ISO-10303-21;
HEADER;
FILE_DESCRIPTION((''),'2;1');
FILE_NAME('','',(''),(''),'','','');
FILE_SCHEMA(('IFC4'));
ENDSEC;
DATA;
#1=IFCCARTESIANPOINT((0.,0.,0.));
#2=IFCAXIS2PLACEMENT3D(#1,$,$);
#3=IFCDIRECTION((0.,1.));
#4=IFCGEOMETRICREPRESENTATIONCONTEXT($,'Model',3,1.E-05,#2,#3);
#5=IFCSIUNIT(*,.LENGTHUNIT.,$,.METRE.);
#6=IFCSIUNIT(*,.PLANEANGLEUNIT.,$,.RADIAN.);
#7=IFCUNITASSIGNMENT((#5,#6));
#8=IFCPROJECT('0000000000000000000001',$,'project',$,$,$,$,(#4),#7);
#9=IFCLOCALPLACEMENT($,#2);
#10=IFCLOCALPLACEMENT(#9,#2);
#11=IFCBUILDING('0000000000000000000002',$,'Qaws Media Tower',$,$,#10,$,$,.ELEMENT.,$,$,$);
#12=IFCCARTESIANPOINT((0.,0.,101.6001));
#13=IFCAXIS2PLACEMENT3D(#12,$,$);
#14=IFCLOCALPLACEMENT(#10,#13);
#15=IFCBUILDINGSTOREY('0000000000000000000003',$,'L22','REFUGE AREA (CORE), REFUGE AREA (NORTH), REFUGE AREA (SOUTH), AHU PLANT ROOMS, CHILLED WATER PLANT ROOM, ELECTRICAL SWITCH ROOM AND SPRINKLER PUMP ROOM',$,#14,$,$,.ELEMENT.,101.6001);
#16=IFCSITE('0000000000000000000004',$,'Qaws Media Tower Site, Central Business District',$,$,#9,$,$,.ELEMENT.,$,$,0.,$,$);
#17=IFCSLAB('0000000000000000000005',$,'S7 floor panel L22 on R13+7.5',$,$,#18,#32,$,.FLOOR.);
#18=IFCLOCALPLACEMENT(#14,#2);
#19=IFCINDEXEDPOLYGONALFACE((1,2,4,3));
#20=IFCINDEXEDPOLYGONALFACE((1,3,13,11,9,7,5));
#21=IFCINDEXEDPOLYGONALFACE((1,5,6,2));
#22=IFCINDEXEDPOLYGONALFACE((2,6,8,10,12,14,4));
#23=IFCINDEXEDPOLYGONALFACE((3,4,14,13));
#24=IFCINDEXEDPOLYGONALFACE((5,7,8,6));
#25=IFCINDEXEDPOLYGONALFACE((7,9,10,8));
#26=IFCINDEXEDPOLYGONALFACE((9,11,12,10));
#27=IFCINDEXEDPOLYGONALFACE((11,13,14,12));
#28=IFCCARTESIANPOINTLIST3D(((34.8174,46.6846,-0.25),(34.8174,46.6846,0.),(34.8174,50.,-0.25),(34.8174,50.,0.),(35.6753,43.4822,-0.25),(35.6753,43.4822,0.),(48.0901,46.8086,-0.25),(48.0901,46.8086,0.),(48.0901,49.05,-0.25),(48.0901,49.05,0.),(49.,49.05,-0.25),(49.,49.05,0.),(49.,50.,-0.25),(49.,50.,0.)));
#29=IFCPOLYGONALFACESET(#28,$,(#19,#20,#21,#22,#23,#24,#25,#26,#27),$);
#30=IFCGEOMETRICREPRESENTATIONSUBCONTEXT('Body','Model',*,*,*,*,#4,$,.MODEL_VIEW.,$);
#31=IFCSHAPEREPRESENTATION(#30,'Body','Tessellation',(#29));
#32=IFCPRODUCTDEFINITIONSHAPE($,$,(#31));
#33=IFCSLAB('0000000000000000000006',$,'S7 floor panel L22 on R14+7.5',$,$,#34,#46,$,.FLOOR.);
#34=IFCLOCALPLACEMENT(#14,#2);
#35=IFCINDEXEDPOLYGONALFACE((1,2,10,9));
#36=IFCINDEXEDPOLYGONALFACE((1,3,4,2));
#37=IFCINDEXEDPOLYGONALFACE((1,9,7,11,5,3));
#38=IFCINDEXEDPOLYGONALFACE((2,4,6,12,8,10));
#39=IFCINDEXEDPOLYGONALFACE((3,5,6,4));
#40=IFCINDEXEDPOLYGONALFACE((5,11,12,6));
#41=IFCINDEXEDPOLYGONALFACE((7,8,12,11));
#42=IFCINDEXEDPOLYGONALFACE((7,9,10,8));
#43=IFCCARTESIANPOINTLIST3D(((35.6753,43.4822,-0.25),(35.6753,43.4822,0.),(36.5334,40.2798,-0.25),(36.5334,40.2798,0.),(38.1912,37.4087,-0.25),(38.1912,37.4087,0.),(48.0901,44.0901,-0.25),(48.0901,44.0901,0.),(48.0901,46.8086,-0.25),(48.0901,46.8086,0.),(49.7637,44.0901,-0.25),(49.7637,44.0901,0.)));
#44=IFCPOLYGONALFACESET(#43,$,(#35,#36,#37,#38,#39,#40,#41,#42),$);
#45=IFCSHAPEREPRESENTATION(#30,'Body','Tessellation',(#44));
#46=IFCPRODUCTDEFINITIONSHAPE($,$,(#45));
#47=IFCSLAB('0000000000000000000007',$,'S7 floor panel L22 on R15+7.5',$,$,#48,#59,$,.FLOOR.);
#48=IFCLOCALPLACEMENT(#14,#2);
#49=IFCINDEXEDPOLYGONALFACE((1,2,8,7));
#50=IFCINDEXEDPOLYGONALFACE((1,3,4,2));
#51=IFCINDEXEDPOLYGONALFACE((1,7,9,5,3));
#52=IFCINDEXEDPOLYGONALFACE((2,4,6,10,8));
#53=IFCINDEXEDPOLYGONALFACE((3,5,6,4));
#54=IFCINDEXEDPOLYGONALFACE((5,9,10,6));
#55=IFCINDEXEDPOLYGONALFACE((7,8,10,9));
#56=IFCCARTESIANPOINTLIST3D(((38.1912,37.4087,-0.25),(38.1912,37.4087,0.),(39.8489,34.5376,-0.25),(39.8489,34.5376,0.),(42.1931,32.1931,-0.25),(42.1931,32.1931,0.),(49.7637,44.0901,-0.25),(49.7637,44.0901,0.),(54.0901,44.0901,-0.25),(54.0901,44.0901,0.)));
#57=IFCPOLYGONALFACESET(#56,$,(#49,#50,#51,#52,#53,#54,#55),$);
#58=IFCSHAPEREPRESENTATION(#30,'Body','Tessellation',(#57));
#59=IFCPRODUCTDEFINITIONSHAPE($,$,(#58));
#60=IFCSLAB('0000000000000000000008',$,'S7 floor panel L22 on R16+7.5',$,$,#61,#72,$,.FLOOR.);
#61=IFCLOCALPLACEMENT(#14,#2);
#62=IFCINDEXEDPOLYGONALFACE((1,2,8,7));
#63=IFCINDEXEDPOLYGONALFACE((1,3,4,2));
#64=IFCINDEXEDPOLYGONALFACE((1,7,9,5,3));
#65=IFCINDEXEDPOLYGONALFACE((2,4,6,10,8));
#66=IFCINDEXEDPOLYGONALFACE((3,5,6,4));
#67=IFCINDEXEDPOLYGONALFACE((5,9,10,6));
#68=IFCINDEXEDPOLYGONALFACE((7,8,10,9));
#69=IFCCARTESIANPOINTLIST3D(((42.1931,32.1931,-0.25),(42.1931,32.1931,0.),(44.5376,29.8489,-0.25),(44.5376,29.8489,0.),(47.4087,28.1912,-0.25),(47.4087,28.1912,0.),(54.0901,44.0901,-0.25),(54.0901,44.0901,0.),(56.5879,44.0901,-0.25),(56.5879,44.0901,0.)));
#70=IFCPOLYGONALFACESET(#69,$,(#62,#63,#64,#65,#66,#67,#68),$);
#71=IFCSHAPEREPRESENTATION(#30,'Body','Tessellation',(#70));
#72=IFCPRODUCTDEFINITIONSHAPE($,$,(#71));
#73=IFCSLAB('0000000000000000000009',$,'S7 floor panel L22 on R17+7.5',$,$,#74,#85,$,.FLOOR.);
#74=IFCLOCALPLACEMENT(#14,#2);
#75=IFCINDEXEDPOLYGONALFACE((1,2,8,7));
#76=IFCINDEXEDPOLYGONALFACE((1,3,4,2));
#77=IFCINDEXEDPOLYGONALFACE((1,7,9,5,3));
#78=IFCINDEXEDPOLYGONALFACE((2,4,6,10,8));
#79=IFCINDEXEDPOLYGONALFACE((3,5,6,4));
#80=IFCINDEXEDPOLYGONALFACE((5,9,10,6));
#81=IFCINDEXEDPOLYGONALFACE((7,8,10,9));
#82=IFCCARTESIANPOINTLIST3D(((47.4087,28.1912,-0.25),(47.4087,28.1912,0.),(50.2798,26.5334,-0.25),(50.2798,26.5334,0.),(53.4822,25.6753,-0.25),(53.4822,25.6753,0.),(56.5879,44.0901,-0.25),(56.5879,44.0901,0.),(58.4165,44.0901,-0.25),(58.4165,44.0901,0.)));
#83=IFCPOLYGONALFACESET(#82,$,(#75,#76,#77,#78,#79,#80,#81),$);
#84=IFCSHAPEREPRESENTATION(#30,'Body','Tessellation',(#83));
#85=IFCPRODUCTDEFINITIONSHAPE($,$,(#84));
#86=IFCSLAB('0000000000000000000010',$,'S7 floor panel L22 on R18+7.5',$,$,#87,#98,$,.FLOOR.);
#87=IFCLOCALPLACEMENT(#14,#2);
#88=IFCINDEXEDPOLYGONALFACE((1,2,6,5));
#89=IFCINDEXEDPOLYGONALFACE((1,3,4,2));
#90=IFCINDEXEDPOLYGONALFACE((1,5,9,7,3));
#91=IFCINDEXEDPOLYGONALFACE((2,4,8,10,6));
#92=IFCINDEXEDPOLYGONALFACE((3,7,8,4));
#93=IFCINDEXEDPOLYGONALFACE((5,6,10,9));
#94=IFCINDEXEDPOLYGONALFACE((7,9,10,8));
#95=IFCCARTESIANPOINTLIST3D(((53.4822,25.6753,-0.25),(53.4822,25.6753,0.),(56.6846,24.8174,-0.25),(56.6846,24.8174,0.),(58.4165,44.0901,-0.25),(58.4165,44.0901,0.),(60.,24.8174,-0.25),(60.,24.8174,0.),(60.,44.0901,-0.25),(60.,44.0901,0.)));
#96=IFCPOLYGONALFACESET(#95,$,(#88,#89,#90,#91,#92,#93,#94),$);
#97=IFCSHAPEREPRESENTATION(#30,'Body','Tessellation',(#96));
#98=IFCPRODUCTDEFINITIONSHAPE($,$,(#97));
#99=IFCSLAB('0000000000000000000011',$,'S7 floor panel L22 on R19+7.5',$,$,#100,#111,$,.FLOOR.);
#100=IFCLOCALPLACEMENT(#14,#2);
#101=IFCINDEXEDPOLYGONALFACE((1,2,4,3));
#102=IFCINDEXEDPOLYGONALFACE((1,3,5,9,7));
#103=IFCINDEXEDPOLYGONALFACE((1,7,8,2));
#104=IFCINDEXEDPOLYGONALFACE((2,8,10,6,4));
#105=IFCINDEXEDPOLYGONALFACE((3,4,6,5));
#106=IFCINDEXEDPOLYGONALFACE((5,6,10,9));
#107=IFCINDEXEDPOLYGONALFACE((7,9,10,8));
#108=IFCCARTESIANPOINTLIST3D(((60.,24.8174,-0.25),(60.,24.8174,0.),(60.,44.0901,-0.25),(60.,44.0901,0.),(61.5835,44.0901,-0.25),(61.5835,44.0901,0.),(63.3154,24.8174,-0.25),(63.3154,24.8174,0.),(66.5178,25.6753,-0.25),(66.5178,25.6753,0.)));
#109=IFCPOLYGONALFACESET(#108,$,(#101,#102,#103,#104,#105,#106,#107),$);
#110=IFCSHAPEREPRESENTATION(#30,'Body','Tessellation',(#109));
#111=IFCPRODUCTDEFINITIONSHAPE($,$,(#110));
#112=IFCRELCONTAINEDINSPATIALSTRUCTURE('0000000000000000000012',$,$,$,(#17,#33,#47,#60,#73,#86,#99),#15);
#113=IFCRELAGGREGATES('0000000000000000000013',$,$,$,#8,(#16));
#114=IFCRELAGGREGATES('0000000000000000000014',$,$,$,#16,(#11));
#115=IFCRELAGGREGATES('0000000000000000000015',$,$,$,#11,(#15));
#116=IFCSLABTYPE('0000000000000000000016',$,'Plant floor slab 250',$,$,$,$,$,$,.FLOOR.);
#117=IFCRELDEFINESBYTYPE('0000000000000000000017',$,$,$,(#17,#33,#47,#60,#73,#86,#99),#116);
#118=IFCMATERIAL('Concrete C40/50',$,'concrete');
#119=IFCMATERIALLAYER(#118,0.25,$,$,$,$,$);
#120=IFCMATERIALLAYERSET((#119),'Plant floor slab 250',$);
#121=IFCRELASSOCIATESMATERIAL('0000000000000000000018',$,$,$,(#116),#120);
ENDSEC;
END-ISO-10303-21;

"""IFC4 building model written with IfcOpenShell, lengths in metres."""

from ifc_helpers import new_model, si_unit, direction, frame, origin, place, context, subcontext, project, spatial, polyline, outline, extrude, material, layer, layer_set, type_object, element, save


model = new_model("IFC4")

# Units and contexts
model_context = context("Model", 3, precision=1e-05, world=origin(), true_north=direction((0.0, 1.0)))
body_context = subcontext(model_context, "Body", "Model", "MODEL_VIEW")
ifc_project = project(units=[si_unit("LENGTHUNIT", "METRE"), si_unit("PLANEANGLEUNIT", "RADIAN")], contexts=[model_context])

# Site, building, storey
site_placement = place(None, origin())
site = spatial("IfcSite", under=ifc_project, at=site_placement, Name="Qaws Media Tower Site, Central Business District", CompositionType="ELEMENT", RefElevation=0.0)
building_placement = place(site_placement, origin())
building = spatial("IfcBuilding", under=site, at=building_placement, Name="Qaws Media Tower", CompositionType="ELEMENT")
storey_placement = place(building_placement, frame((0.0, 0.0, 101.6001)))
storey = spatial("IfcBuildingStorey", under=building, at=storey_placement, Name="L22", Description="REFUGE AREA (CORE), REFUGE AREA (NORTH), REFUGE AREA (SOUTH), AHU PLANT ROOMS, CHILLED WATER PLANT ROOM, ELECTRICAL SWITCH ROOM AND SPRINKLER PUMP ROOM", CompositionType="ELEMENT", Elevation=101.6001)

# Slabs
ifc_material = material(Name="Concrete C40/50", Category="concrete")
ifc_layer = layer(ifc_material, 0.25)
ifc_layer_set = layer_set([ifc_layer], Name="Plant floor slab 250")
slab_type = type_object("IfcSlabType", Name="Plant floor slab 250", PredefinedType="FLOOR", material=ifc_layer_set)
slab_1_placement = place(storey_placement, frame((0.0, 0.0, -0.25)))
element("IfcSlab", 1, at=slab_1_placement, inside=storey, type_object=slab_type, Name="S7 floor panel L22 on R13+7.5", PredefinedType="FLOOR", context=body_context, shape_type="SweptSolid", body=[
    extrude(outline(polyline([(34.8174, 46.6846), (34.8174, 50.0), (49.0, 50.0), (49.0, 49.05), (48.0901, 49.05), (48.0901, 46.8086), (35.6753, 43.4822), (34.8174, 46.6846)])), origin(), (0.0, 0.0, 1.0), 0.25),
])
slab_2_placement = place(storey_placement, frame((0.0, 0.0, -0.25)))
element("IfcSlab", 2, at=slab_2_placement, inside=storey, type_object=slab_type, Name="S7 floor panel L22 on R14+7.5", PredefinedType="FLOOR", context=body_context, shape_type="SweptSolid", body=[
    extrude(outline(polyline([(36.5334, 40.2798), (35.6753, 43.4822), (48.0901, 46.8086), (48.0901, 44.0901), (49.7637, 44.0901), (38.1912, 37.4087), (36.5334, 40.2798)])), origin(), (0.0, 0.0, 1.0), 0.25),
])
slab_3_placement = place(storey_placement, frame((0.0, 0.0, -0.25)))
element("IfcSlab", 3, at=slab_3_placement, inside=storey, type_object=slab_type, Name="S7 floor panel L22 on R15+7.5", PredefinedType="FLOOR", context=body_context, shape_type="SweptSolid", body=[
    extrude(outline(polyline([(39.8489, 34.5376), (38.1912, 37.4087), (49.7637, 44.0901), (54.0901, 44.0901), (42.1931, 32.1931), (39.8489, 34.5376)])), origin(), (0.0, 0.0, 1.0), 0.25),
])
slab_4_placement = place(storey_placement, frame((0.0, 0.0, -0.25)))
element("IfcSlab", 4, at=slab_4_placement, inside=storey, type_object=slab_type, Name="S7 floor panel L22 on R16+7.5", PredefinedType="FLOOR", context=body_context, shape_type="SweptSolid", body=[
    extrude(outline(polyline([(44.5376, 29.8489), (42.1931, 32.1931), (54.0901, 44.0901), (56.5879, 44.0901), (47.4087, 28.1912), (44.5376, 29.8489)])), origin(), (0.0, 0.0, 1.0), 0.25),
])
slab_5_placement = place(storey_placement, frame((0.0, 0.0, -0.25)))
element("IfcSlab", 5, at=slab_5_placement, inside=storey, type_object=slab_type, Name="S7 floor panel L22 on R17+7.5", PredefinedType="FLOOR", context=body_context, shape_type="SweptSolid", body=[
    extrude(outline(polyline([(50.2798, 26.5334), (47.4087, 28.1912), (56.5879, 44.0901), (58.4165, 44.0901), (53.4822, 25.6753), (50.2798, 26.5334)])), origin(), (0.0, 0.0, 1.0), 0.25),
])
slab_6_placement = place(storey_placement, frame((0.0, 0.0, -0.25)))
element("IfcSlab", 6, at=slab_6_placement, inside=storey, type_object=slab_type, Name="S7 floor panel L22 on R18+7.5", PredefinedType="FLOOR", context=body_context, shape_type="SweptSolid", body=[
    extrude(outline(polyline([(56.6846, 24.8174), (53.4822, 25.6753), (58.4165, 44.0901), (60.0, 44.0901), (60.0, 24.8174), (56.6846, 24.8174)])), origin(), (0.0, 0.0, 1.0), 0.25),
])
slab_7_placement = place(storey_placement, frame((0.0, 0.0, -0.25)))
element("IfcSlab", 7, at=slab_7_placement, inside=storey, type_object=slab_type, Name="S7 floor panel L22 on R19+7.5", PredefinedType="FLOOR", context=body_context, shape_type="SweptSolid", body=[
    extrude(outline(polyline([(63.3154, 24.8174), (60.0, 24.8174), (60.0, 44.0901), (61.5835, 44.0901), (66.5178, 25.6753), (63.3154, 24.8174)])), origin(), (0.0, 0.0, 1.0), 0.25),
])

save(model, "model.ifc")
